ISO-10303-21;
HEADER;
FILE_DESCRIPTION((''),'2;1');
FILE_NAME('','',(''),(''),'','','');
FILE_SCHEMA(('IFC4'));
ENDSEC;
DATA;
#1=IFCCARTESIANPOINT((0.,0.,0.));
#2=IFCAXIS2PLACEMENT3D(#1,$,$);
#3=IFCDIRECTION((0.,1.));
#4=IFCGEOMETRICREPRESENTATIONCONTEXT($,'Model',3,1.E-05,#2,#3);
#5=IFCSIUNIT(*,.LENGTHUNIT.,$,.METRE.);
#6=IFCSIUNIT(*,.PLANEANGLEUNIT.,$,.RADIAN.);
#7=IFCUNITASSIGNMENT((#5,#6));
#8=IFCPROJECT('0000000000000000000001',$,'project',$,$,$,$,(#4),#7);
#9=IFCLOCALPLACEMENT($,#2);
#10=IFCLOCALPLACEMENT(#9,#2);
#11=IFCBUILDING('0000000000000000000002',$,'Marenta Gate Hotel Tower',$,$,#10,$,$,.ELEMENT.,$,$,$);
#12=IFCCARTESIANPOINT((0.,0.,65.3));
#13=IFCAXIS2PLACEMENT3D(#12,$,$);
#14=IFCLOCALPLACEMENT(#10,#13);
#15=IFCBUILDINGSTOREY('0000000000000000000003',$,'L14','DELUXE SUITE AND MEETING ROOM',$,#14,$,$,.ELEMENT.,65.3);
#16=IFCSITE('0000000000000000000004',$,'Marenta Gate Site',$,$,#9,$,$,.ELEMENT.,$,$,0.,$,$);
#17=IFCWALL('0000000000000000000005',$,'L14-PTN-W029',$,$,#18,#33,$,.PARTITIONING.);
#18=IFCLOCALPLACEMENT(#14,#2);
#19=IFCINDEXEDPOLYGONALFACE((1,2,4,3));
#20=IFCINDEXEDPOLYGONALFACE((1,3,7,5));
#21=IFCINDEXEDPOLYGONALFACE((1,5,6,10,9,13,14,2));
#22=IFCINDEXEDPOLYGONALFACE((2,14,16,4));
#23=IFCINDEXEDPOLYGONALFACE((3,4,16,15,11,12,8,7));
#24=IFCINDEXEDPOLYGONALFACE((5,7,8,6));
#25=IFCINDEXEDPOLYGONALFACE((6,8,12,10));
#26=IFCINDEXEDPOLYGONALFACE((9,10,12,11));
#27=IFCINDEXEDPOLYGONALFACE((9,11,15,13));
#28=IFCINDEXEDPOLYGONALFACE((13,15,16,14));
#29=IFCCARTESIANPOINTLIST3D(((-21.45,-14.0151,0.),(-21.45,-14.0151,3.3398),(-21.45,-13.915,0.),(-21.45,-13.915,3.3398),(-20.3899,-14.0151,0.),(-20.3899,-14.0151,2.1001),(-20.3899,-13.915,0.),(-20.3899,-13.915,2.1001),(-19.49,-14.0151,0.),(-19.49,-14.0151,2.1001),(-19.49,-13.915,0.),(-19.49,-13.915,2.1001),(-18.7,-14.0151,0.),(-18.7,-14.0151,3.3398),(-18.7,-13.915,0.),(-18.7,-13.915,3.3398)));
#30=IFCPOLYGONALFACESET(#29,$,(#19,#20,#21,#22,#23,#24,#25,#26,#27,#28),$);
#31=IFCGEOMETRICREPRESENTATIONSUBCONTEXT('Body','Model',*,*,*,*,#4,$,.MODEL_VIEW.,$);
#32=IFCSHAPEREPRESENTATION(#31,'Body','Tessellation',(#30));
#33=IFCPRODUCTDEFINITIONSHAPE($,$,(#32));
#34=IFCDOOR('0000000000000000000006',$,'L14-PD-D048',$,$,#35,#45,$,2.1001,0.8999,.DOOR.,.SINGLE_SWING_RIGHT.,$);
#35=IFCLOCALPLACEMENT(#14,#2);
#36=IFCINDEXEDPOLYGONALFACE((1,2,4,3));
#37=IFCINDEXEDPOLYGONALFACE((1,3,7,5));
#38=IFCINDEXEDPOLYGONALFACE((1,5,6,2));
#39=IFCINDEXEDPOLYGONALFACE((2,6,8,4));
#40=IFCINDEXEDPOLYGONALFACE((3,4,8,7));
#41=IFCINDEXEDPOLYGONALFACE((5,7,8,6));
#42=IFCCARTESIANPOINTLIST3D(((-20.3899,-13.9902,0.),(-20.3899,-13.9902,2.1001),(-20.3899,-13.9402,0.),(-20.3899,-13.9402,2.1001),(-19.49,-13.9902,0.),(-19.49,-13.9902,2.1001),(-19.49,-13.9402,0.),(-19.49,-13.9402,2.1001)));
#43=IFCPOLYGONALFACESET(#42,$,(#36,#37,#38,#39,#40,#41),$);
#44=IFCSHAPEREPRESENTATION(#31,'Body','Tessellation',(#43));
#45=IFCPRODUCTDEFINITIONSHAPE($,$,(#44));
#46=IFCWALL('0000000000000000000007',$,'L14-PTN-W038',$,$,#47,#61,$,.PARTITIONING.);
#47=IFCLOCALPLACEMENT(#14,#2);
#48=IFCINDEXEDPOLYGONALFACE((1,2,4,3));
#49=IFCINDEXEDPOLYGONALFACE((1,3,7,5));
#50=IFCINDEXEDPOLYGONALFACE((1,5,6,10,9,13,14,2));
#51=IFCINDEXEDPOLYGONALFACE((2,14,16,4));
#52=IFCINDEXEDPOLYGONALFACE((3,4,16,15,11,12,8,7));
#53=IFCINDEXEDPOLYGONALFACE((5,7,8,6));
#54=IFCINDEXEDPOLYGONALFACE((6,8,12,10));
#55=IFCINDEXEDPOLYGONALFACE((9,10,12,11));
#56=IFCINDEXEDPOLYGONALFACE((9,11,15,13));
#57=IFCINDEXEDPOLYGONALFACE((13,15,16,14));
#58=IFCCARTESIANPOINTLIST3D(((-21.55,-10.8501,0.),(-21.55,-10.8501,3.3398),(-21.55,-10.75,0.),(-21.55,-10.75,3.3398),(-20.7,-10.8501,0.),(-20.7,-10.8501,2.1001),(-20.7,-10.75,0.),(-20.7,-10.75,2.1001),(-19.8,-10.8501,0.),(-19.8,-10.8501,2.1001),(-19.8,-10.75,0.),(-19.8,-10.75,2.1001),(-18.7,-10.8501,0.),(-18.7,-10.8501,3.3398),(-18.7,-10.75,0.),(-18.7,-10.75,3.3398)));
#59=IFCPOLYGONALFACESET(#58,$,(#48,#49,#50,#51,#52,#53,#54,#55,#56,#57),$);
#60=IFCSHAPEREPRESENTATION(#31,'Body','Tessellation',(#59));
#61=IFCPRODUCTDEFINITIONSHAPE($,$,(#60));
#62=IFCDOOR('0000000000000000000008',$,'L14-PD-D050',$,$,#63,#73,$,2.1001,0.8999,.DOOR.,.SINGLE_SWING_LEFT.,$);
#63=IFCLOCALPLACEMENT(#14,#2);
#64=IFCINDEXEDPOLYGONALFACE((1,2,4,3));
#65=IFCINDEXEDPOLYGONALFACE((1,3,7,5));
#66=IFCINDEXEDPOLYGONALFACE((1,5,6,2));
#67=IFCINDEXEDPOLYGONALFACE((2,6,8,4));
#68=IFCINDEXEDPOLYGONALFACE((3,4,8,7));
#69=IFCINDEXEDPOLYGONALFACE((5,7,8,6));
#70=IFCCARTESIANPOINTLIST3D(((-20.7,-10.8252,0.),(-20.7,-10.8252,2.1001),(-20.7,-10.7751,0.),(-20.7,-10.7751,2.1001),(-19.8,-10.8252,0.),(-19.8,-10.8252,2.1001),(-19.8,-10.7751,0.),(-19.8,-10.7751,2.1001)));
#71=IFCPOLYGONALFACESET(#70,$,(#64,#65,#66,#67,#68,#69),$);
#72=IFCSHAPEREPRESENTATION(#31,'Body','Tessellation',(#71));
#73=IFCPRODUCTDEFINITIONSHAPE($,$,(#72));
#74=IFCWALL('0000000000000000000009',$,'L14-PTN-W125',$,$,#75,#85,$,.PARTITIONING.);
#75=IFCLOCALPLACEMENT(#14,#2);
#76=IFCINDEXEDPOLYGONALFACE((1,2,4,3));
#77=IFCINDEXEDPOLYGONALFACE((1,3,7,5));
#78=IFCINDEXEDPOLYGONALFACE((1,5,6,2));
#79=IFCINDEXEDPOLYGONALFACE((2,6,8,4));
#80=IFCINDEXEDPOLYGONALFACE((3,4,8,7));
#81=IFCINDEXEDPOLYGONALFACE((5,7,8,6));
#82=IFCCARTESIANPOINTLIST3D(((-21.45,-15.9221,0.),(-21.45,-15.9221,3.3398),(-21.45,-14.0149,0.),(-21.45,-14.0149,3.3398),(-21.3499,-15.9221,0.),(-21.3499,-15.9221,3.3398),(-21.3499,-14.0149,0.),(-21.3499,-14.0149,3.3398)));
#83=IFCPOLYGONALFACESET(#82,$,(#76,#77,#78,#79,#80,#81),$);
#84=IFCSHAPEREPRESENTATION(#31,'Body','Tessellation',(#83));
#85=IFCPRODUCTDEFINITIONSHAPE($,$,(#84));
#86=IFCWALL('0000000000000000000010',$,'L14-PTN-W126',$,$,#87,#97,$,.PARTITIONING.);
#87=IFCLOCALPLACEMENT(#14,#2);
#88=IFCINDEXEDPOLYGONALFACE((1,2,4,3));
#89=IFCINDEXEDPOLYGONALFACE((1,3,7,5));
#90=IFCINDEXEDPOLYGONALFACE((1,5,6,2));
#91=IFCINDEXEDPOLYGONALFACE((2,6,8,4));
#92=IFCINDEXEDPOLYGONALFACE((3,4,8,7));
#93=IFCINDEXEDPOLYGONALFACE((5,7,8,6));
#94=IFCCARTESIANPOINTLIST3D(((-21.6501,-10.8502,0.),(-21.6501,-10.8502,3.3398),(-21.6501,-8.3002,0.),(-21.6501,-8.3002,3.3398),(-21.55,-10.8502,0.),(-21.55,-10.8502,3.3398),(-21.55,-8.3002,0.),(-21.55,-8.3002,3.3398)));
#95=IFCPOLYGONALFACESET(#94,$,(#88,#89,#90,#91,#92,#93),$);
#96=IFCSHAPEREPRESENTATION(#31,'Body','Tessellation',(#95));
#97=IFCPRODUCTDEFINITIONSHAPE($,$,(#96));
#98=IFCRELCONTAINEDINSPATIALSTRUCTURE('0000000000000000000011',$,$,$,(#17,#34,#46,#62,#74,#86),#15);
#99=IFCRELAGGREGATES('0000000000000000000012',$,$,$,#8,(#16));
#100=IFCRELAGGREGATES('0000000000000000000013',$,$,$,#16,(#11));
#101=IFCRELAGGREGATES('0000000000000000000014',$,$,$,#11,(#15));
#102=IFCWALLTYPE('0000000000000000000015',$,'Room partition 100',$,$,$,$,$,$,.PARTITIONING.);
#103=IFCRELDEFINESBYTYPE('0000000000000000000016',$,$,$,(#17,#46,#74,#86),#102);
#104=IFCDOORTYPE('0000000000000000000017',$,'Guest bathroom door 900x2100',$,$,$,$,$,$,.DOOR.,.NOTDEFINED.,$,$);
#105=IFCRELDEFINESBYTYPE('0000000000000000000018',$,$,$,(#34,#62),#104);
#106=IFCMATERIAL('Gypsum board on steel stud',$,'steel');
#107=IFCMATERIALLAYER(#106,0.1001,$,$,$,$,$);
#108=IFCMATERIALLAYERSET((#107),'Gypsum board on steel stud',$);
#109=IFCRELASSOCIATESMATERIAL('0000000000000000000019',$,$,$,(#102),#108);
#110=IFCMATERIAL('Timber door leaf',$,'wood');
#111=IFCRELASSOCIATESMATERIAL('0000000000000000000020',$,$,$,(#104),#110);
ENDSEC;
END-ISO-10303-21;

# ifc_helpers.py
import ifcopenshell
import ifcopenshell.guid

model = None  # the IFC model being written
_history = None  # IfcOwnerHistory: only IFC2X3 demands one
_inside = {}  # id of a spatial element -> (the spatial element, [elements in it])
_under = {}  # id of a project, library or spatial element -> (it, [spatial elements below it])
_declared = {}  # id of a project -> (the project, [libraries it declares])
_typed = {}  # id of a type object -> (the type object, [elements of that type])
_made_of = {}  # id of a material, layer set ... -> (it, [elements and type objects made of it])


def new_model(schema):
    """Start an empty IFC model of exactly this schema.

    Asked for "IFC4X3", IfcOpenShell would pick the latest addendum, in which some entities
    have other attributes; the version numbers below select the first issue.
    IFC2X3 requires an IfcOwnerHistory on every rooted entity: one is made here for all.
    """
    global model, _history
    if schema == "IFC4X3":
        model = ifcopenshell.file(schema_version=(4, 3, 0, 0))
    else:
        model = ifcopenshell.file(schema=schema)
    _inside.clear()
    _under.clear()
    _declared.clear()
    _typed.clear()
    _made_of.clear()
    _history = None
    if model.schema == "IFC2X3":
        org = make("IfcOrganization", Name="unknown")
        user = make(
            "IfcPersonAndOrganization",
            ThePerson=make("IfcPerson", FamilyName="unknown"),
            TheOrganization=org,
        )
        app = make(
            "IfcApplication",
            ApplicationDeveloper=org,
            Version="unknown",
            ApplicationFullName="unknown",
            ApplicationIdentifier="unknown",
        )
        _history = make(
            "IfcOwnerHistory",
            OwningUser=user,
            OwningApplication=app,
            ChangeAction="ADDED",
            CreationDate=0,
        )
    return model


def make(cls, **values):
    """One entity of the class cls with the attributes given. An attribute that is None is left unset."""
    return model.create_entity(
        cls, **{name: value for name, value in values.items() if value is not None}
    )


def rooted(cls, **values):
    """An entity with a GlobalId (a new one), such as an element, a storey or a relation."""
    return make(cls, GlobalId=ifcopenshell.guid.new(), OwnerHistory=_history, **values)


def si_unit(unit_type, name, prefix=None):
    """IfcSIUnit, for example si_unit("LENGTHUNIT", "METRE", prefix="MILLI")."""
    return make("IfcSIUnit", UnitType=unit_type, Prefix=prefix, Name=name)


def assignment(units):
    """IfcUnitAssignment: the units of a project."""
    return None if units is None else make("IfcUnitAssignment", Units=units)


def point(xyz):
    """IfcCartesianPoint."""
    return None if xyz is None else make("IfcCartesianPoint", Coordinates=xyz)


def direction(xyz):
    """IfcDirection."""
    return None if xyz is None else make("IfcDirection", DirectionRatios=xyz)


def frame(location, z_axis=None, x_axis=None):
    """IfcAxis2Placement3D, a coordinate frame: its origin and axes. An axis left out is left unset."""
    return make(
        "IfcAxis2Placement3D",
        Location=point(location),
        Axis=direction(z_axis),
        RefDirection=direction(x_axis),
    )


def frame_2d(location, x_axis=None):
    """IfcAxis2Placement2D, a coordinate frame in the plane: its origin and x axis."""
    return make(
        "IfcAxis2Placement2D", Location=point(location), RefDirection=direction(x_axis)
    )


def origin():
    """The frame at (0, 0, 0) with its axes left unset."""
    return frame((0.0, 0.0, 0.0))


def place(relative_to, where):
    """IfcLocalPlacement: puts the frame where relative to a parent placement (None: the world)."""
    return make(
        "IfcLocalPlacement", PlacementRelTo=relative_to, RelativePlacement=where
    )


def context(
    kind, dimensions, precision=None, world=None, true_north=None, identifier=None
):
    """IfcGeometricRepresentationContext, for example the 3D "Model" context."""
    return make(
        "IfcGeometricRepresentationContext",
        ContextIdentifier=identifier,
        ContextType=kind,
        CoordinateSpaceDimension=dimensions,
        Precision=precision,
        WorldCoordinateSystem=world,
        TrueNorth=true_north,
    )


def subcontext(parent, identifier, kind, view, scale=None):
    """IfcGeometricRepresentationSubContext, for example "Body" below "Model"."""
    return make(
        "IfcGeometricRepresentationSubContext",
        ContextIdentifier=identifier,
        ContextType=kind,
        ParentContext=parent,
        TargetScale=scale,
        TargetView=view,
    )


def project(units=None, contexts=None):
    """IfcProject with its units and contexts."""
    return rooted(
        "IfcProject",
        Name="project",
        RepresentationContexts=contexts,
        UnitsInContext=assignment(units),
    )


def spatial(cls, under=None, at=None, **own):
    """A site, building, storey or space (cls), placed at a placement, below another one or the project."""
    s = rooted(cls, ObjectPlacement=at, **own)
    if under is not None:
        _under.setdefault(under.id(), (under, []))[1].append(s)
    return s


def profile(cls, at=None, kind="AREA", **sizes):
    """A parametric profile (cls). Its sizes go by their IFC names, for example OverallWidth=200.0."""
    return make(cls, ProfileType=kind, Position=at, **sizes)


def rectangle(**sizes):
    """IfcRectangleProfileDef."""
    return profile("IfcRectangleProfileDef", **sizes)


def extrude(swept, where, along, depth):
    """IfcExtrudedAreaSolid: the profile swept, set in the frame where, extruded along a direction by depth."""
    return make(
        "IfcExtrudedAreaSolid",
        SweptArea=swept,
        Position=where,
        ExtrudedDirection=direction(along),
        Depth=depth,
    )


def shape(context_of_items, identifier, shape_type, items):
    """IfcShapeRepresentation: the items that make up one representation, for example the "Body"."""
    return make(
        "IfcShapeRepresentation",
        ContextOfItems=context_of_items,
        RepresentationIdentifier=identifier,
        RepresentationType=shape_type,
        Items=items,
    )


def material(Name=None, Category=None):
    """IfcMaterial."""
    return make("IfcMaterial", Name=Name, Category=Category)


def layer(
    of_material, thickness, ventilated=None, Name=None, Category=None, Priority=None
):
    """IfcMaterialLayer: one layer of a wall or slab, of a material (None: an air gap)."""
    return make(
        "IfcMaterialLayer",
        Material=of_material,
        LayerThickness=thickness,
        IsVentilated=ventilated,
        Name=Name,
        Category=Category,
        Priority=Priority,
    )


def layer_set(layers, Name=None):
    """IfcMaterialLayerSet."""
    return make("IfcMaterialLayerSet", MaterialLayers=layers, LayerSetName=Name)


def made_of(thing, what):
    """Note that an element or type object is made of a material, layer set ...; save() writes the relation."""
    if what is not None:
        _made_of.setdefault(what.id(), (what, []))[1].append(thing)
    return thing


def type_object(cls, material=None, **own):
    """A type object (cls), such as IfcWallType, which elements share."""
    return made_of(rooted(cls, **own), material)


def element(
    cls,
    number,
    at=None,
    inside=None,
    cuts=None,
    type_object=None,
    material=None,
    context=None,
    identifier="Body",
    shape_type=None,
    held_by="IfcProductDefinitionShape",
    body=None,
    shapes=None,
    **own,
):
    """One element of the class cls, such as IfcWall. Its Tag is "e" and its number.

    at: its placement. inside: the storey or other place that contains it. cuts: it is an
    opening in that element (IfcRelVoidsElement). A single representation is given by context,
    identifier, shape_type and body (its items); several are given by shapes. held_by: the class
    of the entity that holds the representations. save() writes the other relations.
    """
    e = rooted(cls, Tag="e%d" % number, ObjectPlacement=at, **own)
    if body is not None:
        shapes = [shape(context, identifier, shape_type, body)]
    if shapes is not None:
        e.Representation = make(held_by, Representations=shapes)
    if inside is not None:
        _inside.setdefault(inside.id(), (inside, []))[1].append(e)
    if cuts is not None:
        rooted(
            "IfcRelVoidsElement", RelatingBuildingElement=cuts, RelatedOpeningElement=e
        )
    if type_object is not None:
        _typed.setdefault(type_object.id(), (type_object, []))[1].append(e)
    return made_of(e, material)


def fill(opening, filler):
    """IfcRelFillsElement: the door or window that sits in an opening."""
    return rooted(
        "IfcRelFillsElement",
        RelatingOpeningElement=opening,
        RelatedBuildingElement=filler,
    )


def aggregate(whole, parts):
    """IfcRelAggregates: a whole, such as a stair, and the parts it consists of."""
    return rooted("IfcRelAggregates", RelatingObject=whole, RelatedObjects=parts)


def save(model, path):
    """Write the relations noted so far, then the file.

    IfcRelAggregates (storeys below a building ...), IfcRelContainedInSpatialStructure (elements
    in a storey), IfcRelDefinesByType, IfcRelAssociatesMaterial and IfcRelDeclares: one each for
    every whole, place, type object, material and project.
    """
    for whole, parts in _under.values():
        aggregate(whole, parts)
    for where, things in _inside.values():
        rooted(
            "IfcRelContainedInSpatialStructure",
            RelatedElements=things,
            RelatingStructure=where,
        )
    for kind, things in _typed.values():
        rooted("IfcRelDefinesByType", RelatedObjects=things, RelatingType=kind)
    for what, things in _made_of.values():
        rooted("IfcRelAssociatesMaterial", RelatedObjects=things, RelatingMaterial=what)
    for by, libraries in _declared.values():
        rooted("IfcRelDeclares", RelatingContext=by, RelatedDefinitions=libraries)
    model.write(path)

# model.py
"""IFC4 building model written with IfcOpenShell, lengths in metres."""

from ifc_helpers import new_model, si_unit, direction, frame, frame_2d, origin, place, context, subcontext, project, spatial, rectangle, extrude, material, layer, layer_set, type_object, element, fill, save


model = new_model("IFC4")

# Units and contexts
model_context = context("Model", 3, precision=1e-05, world=origin(), true_north=direction((0.0, 1.0)))
body_context = subcontext(model_context, "Body", "Model", "MODEL_VIEW")
ifc_project = project(units=[si_unit("LENGTHUNIT", "METRE"), si_unit("PLANEANGLEUNIT", "RADIAN")], contexts=[model_context])

# Site, building, storey
site_placement = place(None, origin())
site = spatial("IfcSite", under=ifc_project, at=site_placement, Name="Marenta Gate Site", CompositionType="ELEMENT", RefElevation=0.0)
building_placement = place(site_placement, origin())
building = spatial("IfcBuilding", under=site, at=building_placement, Name="Marenta Gate Hotel Tower", CompositionType="ELEMENT")
storey_placement = place(building_placement, frame((0.0, 0.0, 65.3)))
storey = spatial("IfcBuildingStorey", under=building, at=storey_placement, Name="L14", Description="DELUXE SUITE AND MEETING ROOM", CompositionType="ELEMENT", Elevation=65.3)

# Walls, openings, doors
ifc_material_1 = material(Name="Gypsum board on steel stud", Category="steel")
ifc_layer_1 = layer(ifc_material_1, 0.1001)
ifc_layer_set_1 = layer_set([ifc_layer_1], Name="Gypsum board on steel stud")
wall_type_1 = type_object("IfcWallType", Name="Room partition 100", PredefinedType="PARTITIONING", material=ifc_layer_set_1)
wall_1_placement = place(storey_placement, frame((-21.45, -13.9651, 0.0), z_axis=(0.0, 0.0, 1.0), x_axis=(1.0, 0.0, 0.0)))
wall_1 = element("IfcWall", 1, at=wall_1_placement, inside=storey, type_object=wall_type_1, Name="L14-PTN-W029", PredefinedType="PARTITIONING", context=body_context, shape_type="SweptSolid", body=[
    extrude(rectangle(XDim=2.75, YDim=0.1001, at=frame_2d((1.375, 0.0))), origin(), (0.0, 0.0, 1.0), 3.3398),
])
opening_1_placement = place(wall_1_placement, frame((1.0601, 0.0, 0.0)))
opening_1 = element("IfcOpeningElement", 2, at=opening_1_placement, cuts=wall_1, PredefinedType="OPENING", context=body_context, shape_type="SweptSolid", body=[
    extrude(rectangle(XDim=0.8999, YDim=2.1001, at=frame_2d((0.45, 1.05))), frame((0.0, 0.05, 0.0), z_axis=(0.0, -1.0, 0.0), x_axis=(1.0, 0.0, 0.0)), (0.0, 0.0, 1.0), 0.1001),
])
ifc_material_2 = material(Name="Timber door leaf", Category="wood")
door_type_1 = type_object("IfcDoorType", Name="Guest bathroom door 900x2100", OperationType="NOTDEFINED", PredefinedType="DOOR", material=ifc_material_2)
door_1_placement = place(opening_1_placement, origin())
door_1 = element("IfcDoor", 3, at=door_1_placement, inside=storey, type_object=door_type_1, Name="L14-PD-D048", OperationType="SINGLE_SWING_RIGHT", OverallHeight=2.1001, OverallWidth=0.8999, PredefinedType="DOOR", context=body_context, shape_type="SweptSolid", body=[
    extrude(rectangle(XDim=0.8999, YDim=2.1001, at=frame_2d((0.45, 1.05))), frame((0.0, 0.0249, 0.0), z_axis=(0.0, -1.0, 0.0), x_axis=(1.0, 0.0, 0.0)), (0.0, 0.0, 1.0), 0.05),
])
fill(opening_1, door_1)
wall_2_placement = place(storey_placement, frame((-21.55, -10.8, 0.0), z_axis=(0.0, 0.0, 1.0), x_axis=(1.0, 0.0, 0.0)))
wall_2 = element("IfcWall", 4, at=wall_2_placement, inside=storey, type_object=wall_type_1, Name="L14-PTN-W038", PredefinedType="PARTITIONING", context=body_context, shape_type="SweptSolid", body=[
    extrude(rectangle(XDim=2.8501, YDim=0.1001, at=frame_2d((1.425, 0.0))), origin(), (0.0, 0.0, 1.0), 3.3398),
])
opening_2_placement = place(wall_2_placement, frame((0.8501, 0.0, 0.0)))
opening_2 = element("IfcOpeningElement", 5, at=opening_2_placement, cuts=wall_2, PredefinedType="OPENING", context=body_context, shape_type="SweptSolid", body=[
    extrude(rectangle(XDim=0.8999, YDim=2.1001, at=frame_2d((0.45, 1.05))), frame((0.0, 0.05, 0.0), z_axis=(0.0, -1.0, 0.0), x_axis=(1.0, 0.0, 0.0)), (0.0, 0.0, 1.0), 0.1001),
])
door_2_placement = place(opening_2_placement, origin())
door_2 = element("IfcDoor", 6, at=door_2_placement, inside=storey, type_object=door_type_1, Name="L14-PD-D050", OperationType="SINGLE_SWING_LEFT", OverallHeight=2.1001, OverallWidth=0.8999, PredefinedType="DOOR", context=body_context, shape_type="SweptSolid", body=[
    extrude(rectangle(XDim=0.8999, YDim=2.1001, at=frame_2d((0.45, 1.05))), frame((0.0, 0.0249, 0.0), z_axis=(0.0, -1.0, 0.0), x_axis=(1.0, 0.0, 0.0)), (0.0, 0.0, 1.0), 0.05),
])
fill(opening_2, door_2)

# Walls
wall_3_placement = place(storey_placement, frame((-21.3999, -15.9221, 0.0), z_axis=(0.0, 0.0, 1.0), x_axis=(0.0, 1.0, 0.0)))
element("IfcWall", 7, at=wall_3_placement, inside=storey, type_object=wall_type_1, Name="L14-PTN-W125", PredefinedType="PARTITIONING", context=body_context, shape_type="SweptSolid", body=[
    extrude(rectangle(XDim=1.9072, YDim=0.1001, at=frame_2d((0.9536, 0.0))), origin(), (0.0, 0.0, 1.0), 3.3398),
])
wall_4_placement = place(storey_placement, frame((-21.6001, -10.8501, 0.0), z_axis=(0.0, 0.0, 1.0), x_axis=(0.0, 1.0, 0.0)))
element("IfcWall", 8, at=wall_4_placement, inside=storey, type_object=wall_type_1, Name="L14-PTN-W126", PredefinedType="PARTITIONING", context=body_context, shape_type="SweptSolid", body=[
    extrude(rectangle(XDim=2.55, YDim=0.1001, at=frame_2d((1.2749, 0.0))), origin(), (0.0, 0.0, 1.0), 3.3398),
])

save(model, "model.ifc")
